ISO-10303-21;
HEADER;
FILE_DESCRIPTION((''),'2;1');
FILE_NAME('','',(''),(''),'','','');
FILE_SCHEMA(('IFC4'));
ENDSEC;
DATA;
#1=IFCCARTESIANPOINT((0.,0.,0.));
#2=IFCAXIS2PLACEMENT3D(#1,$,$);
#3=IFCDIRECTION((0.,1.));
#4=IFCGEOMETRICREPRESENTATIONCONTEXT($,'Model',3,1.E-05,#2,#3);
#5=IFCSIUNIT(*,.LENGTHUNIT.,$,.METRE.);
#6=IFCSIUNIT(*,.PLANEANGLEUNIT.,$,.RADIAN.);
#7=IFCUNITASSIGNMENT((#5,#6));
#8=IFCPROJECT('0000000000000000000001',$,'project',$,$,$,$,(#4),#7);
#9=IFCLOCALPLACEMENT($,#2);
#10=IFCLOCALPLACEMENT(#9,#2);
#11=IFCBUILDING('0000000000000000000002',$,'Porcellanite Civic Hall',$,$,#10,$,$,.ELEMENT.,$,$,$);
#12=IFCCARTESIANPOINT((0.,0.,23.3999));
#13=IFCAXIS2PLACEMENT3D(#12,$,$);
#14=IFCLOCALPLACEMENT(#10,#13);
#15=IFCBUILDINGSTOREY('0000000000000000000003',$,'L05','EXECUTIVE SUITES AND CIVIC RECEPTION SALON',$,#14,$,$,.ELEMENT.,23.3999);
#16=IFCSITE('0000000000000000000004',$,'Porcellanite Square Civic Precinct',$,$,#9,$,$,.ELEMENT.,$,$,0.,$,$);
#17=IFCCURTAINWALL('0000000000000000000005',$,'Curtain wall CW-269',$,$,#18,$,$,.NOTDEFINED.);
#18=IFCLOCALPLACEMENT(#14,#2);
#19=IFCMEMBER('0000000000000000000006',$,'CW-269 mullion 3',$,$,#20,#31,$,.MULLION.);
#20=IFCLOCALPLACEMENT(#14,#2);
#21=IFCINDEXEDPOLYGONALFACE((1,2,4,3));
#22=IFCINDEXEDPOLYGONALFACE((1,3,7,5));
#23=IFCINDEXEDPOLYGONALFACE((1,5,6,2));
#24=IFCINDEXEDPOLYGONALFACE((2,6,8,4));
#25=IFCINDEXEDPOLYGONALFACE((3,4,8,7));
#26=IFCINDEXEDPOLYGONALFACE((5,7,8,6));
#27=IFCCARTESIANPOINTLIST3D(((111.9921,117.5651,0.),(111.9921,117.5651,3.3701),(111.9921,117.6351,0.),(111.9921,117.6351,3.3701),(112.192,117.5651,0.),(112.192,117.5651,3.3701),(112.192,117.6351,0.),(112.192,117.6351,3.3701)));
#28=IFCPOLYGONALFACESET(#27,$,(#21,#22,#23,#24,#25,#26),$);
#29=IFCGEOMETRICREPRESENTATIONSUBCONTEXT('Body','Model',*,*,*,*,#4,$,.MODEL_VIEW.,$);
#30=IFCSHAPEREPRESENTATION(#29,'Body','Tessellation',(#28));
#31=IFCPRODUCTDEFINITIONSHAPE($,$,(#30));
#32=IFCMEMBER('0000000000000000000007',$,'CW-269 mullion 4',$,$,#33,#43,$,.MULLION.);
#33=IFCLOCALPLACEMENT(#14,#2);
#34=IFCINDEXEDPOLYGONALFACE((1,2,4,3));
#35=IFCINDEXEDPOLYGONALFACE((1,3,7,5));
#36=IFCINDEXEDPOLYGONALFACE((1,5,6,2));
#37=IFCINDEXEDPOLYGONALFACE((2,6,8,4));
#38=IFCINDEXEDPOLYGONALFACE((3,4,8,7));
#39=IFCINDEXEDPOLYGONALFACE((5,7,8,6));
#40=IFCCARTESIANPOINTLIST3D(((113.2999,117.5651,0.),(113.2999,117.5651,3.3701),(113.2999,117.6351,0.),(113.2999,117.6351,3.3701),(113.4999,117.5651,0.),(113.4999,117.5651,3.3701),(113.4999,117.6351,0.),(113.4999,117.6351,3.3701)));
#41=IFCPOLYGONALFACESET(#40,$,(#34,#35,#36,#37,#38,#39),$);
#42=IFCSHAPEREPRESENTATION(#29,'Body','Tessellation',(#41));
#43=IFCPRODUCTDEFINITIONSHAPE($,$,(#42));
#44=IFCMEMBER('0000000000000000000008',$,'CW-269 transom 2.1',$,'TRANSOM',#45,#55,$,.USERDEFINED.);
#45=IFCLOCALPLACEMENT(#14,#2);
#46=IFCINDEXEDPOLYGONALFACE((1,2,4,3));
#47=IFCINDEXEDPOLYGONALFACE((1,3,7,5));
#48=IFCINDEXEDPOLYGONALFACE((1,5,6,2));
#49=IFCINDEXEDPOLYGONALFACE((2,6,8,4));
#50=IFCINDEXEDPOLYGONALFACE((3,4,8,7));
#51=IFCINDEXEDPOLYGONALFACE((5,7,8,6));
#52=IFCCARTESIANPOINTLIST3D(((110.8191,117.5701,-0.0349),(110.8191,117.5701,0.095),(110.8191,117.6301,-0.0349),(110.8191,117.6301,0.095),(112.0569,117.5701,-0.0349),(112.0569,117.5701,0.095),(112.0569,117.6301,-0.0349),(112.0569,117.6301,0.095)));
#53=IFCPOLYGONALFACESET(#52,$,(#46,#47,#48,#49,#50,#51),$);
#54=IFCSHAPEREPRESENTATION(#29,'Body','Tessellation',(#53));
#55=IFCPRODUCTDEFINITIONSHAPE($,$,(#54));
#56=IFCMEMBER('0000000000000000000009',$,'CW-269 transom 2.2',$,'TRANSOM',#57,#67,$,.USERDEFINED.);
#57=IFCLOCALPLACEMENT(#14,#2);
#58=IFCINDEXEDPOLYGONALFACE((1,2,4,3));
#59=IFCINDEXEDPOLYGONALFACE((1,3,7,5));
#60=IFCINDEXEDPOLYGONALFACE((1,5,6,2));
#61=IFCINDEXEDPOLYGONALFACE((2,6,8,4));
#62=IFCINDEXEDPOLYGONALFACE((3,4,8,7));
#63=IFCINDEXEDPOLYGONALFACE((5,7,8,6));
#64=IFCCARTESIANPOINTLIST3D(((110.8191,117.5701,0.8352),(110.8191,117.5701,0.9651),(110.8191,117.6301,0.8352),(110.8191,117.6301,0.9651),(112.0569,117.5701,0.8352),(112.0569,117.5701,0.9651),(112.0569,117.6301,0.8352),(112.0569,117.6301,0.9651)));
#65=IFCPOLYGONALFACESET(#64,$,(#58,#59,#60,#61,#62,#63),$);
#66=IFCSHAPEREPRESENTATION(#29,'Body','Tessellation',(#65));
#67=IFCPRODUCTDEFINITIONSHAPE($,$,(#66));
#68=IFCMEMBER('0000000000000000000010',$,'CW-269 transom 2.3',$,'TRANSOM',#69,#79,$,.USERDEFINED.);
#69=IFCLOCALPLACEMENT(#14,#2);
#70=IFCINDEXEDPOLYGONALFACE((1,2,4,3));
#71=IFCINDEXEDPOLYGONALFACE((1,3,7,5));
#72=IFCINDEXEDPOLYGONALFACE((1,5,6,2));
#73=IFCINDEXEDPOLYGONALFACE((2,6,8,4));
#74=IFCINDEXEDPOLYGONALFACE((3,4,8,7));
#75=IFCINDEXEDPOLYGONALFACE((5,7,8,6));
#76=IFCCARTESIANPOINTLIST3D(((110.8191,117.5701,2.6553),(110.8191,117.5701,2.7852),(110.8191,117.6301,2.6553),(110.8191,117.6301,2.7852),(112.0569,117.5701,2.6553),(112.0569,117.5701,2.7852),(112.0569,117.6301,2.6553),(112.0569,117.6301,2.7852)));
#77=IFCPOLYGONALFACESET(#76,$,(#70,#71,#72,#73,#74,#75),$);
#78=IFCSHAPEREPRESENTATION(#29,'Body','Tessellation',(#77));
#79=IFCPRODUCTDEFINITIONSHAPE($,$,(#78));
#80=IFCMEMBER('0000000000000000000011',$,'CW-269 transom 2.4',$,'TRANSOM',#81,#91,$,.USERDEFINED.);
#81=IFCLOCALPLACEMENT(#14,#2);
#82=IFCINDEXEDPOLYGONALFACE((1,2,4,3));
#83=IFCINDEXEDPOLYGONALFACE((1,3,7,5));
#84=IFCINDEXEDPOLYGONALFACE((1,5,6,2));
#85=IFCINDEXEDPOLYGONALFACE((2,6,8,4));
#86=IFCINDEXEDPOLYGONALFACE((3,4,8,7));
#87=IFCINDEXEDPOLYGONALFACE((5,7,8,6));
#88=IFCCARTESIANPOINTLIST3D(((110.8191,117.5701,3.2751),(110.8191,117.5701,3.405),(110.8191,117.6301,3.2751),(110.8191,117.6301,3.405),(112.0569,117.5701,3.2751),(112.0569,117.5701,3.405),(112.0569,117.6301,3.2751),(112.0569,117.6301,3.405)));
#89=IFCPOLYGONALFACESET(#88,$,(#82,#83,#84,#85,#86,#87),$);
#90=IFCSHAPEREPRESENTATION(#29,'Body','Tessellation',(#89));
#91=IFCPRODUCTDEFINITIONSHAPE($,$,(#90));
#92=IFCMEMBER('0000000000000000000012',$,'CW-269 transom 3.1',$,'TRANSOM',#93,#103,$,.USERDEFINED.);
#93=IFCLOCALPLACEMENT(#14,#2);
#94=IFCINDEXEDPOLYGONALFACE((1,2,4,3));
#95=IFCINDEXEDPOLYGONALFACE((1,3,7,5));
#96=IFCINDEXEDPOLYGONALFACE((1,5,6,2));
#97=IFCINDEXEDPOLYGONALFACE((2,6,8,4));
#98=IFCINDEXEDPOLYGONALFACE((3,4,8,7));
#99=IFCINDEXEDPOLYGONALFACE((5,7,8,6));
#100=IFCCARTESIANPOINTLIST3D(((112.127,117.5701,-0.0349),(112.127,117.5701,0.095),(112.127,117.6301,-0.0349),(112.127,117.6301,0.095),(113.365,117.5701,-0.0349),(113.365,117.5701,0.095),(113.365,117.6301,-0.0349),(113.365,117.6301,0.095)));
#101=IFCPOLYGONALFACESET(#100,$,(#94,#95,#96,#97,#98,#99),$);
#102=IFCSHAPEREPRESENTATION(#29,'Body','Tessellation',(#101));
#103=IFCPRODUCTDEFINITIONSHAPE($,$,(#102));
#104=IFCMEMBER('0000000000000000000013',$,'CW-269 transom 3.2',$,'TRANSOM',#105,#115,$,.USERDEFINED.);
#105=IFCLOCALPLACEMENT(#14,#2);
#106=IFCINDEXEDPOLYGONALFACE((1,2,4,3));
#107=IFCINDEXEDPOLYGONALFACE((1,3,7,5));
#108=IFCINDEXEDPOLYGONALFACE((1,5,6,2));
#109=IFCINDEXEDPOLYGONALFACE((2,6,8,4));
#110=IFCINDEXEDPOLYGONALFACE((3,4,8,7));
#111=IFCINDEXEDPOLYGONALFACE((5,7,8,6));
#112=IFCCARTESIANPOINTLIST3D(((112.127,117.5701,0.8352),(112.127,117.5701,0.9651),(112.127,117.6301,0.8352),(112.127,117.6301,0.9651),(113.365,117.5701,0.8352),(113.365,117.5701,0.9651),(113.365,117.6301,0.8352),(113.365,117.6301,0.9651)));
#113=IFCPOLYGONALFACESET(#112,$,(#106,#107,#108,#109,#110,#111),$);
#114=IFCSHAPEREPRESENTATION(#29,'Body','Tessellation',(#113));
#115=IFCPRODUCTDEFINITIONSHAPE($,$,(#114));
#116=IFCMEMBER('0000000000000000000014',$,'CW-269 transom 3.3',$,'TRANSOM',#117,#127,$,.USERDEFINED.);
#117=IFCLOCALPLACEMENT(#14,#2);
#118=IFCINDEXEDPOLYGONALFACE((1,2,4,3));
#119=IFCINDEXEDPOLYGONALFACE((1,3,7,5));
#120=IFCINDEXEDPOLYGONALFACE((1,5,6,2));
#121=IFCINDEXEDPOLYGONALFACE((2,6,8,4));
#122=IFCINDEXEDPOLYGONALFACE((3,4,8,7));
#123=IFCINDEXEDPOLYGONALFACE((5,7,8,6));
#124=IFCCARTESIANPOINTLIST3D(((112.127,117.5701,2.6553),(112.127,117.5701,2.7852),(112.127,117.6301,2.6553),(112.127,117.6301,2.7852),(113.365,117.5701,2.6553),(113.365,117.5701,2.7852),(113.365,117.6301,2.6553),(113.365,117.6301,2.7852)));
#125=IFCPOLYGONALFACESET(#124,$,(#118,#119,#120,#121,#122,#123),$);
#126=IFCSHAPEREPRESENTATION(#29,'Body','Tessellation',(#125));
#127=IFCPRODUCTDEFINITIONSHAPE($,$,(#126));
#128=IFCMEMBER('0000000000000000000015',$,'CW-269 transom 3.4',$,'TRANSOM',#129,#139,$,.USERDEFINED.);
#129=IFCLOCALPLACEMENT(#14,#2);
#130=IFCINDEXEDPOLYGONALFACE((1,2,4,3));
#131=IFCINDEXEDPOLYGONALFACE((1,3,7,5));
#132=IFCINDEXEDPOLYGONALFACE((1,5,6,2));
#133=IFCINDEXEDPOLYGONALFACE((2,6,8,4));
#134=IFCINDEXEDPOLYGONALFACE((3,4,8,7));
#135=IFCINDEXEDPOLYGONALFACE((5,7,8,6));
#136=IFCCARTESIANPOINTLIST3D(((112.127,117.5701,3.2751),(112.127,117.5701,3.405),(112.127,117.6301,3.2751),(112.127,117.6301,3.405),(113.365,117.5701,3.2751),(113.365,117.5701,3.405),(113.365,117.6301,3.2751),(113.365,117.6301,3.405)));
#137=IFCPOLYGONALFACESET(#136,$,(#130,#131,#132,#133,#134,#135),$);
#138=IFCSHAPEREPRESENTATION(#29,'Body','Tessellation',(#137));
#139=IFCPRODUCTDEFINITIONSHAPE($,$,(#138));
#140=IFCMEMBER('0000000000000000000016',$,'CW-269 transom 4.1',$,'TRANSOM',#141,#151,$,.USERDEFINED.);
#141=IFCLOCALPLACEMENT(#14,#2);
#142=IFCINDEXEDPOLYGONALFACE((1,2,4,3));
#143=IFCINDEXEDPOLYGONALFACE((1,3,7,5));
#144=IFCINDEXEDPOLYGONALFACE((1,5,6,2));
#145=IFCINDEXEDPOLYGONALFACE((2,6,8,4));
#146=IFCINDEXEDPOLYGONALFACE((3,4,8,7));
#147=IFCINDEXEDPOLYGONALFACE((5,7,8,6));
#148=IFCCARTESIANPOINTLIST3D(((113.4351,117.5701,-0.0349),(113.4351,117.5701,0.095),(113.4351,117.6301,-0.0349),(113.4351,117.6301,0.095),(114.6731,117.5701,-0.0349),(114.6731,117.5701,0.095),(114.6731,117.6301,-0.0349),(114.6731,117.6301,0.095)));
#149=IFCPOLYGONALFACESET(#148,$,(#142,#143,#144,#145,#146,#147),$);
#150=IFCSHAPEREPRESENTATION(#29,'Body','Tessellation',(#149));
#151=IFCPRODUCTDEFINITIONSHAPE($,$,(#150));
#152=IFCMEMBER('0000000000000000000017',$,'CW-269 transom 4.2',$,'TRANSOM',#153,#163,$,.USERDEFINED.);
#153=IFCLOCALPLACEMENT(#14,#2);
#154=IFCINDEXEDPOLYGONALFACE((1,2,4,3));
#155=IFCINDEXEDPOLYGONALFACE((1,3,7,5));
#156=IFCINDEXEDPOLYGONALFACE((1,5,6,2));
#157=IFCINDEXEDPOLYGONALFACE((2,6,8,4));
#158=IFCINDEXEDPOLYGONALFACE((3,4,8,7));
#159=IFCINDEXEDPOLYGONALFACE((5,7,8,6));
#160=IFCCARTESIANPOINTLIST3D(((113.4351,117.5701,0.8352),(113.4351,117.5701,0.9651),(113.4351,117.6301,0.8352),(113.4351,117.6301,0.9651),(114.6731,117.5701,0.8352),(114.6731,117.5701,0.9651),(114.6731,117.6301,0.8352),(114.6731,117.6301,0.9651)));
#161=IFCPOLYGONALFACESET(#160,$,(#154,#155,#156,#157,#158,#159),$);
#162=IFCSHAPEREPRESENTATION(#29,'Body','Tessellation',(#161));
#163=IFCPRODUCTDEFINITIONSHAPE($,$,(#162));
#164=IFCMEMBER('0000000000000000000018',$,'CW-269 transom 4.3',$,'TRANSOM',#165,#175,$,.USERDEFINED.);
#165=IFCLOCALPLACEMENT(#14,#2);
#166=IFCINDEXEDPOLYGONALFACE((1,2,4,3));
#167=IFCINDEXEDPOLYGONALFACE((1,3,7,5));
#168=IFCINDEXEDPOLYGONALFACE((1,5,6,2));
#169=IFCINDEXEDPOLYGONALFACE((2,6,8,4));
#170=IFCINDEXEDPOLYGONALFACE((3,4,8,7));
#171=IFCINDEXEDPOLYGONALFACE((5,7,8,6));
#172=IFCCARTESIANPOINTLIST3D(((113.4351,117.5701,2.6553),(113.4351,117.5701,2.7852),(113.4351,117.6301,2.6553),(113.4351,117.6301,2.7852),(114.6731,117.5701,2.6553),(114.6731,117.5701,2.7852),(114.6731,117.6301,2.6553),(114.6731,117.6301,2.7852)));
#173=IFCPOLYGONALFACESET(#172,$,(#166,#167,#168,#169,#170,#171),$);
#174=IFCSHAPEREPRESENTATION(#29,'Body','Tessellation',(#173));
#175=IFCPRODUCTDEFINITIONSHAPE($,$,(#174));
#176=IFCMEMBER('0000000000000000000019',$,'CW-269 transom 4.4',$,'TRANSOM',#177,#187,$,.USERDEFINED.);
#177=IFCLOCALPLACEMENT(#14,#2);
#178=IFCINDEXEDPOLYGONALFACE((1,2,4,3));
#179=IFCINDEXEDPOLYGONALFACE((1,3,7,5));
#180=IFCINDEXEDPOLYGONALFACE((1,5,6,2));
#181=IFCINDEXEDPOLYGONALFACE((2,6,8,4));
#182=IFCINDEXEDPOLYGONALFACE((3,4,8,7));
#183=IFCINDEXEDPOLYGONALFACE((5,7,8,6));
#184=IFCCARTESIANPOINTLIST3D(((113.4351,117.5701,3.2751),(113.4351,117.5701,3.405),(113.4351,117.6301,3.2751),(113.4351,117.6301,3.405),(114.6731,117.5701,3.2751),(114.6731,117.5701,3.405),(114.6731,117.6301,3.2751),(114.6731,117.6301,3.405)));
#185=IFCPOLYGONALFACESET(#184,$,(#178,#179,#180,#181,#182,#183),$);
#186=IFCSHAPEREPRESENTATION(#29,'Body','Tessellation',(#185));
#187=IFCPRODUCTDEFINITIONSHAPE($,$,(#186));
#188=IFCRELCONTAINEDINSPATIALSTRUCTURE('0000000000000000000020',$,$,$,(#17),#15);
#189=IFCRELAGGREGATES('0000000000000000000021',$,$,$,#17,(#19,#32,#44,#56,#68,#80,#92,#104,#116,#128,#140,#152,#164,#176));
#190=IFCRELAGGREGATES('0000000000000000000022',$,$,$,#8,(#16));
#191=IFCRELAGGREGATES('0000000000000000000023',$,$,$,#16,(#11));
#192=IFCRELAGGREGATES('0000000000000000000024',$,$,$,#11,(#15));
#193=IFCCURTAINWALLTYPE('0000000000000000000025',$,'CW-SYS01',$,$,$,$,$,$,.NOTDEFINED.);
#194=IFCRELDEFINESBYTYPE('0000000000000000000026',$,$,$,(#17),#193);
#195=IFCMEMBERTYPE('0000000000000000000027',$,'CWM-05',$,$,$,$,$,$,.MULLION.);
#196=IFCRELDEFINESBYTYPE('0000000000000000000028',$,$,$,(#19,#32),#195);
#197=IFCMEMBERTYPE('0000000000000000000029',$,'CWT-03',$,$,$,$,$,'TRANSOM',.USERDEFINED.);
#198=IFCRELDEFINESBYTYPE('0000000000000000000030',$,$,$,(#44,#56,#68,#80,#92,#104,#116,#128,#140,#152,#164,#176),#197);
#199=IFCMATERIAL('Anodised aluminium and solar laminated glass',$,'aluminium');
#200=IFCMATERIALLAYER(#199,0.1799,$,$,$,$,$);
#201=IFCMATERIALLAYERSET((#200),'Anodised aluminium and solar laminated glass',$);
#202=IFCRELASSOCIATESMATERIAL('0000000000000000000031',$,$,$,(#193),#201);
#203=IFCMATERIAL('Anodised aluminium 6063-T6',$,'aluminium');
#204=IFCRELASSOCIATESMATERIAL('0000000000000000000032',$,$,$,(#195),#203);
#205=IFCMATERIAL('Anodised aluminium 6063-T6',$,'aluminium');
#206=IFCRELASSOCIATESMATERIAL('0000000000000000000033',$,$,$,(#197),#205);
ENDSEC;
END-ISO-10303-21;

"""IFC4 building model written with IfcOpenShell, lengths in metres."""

from ifc_helpers import new_model, si_unit, direction, frame, origin, origin_2d, place, context, subcontext, project, spatial, rectangle, extrude, material, layer, layer_set, material_profile, profile_set, type_object, element, aggregate, save


model = new_model("IFC4")

# Units and contexts
model_context = context("Model", 3, precision=1e-05, world=origin(), true_north=direction((0.0, 1.0)))
body_context = subcontext(model_context, "Body", "Model", "MODEL_VIEW")
ifc_project = project(units=[si_unit("LENGTHUNIT", "METRE"), si_unit("PLANEANGLEUNIT", "RADIAN")], contexts=[model_context])

# Site, building, storey
site_placement = place(None, origin())
site = spatial("IfcSite", under=ifc_project, at=site_placement, Name="Porcellanite Square Civic Precinct", CompositionType="ELEMENT", RefElevation=0.0)
building_placement = place(site_placement, origin())
building = spatial("IfcBuilding", under=site, at=building_placement, Name="Porcellanite Civic Hall", CompositionType="ELEMENT")
storey_placement = place(building_placement, frame((0.0, 0.0, 23.3999)))
storey = spatial("IfcBuildingStorey", under=building, at=storey_placement, Name="L05", Description="EXECUTIVE SUITES AND CIVIC RECEPTION SALON", CompositionType="ELEMENT", Elevation=23.3999)

# Curtain wall, members
ifc_material_1 = material(Name="Anodised aluminium and solar laminated glass", Category="aluminium")
ifc_layer_1 = layer(ifc_material_1, 0.1799)
ifc_layer_set_1 = layer_set([ifc_layer_1], Name="Anodised aluminium and solar laminated glass")
curtain_wall_type = type_object("IfcCurtainWallType", Name="CW-SYS01", PredefinedType="NOTDEFINED", material=ifc_layer_set_1)
curtain_wall_placement = place(storey_placement, origin())
curtain_wall = element("IfcCurtainWall", 1, at=curtain_wall_placement, inside=storey, type_object=curtain_wall_type, Name="Curtain wall CW-269", PredefinedType="NOTDEFINED")
ifc_material_2 = material(Name="Anodised aluminium 6063-T6", Category="aluminium")
ifc_material_profile_1 = material_profile(ifc_material_2, rectangle(XDim=0.0701, YDim=0.2, at=origin_2d()), Name="AL-70x200")
ifc_profile_set_1 = profile_set([ifc_material_profile_1], Name="Anodised aluminium 6063-T6")
member_type_1 = type_object("IfcMemberType", Name="CWM-05", PredefinedType="MULLION", material=ifc_profile_set_1)
member_1_placement = place(storey_placement, frame((112.092, 117.6001, 0.0), z_axis=(0.0, 0.0, 1.0), x_axis=(0.0, 1.0, 0.0)))
member_1 = element("IfcMember", 2, at=member_1_placement, type_object=member_type_1, Name="CW-269 mullion 3", PredefinedType="MULLION", context=body_context, shape_type="SweptSolid", body=[
    extrude(rectangle(XDim=0.0701, YDim=0.2, at=origin_2d()), origin(), (0.0, 0.0, 1.0), 3.3701),
])
member_2_placement = place(storey_placement, frame((113.3999, 117.6001, 0.0), z_axis=(0.0, 0.0, 1.0), x_axis=(0.0, 1.0, 0.0)))
member_2 = element("IfcMember", 3, at=member_2_placement, type_object=member_type_1, Name="CW-269 mullion 4", PredefinedType="MULLION", context=body_context, shape_type="SweptSolid", body=[
    extrude(rectangle(XDim=0.0701, YDim=0.2, at=origin_2d()), origin(), (0.0, 0.0, 1.0), 3.3701),
])
ifc_material_3 = material(Name="Anodised aluminium 6063-T6", Category="aluminium")
ifc_material_profile_2 = material_profile(ifc_material_3, rectangle(XDim=0.0601, YDim=0.1299, at=origin_2d()), Name="AL-60x130")
ifc_profile_set_2 = profile_set([ifc_material_profile_2], Name="Anodised aluminium 6063-T6")
member_type_2 = type_object("IfcMemberType", Name="CWT-03", ElementType="TRANSOM", PredefinedType="USERDEFINED", material=ifc_profile_set_2)
member_3_placement = place(storey_placement, frame((110.8191, 117.6001, 0.03), z_axis=(1.0, 0.0, 0.0), x_axis=(0.0, 1.0, 0.0)))
member_3 = element("IfcMember", 4, at=member_3_placement, type_object=member_type_2, Name="CW-269 transom 2.1", ObjectType="TRANSOM", PredefinedType="USERDEFINED", context=body_context, shape_type="SweptSolid", body=[
    extrude(rectangle(XDim=0.0601, YDim=0.1299, at=origin_2d()), origin(), (0.0, 0.0, 1.0), 1.2378),
])
member_4_placement = place(storey_placement, frame((110.8191, 117.6001, 0.9001), z_axis=(1.0, 0.0, 0.0), x_axis=(0.0, 1.0, 0.0)))
member_4 = element("IfcMember", 5, at=member_4_placement, type_object=member_type_2, Name="CW-269 transom 2.2", ObjectType="TRANSOM", PredefinedType="USERDEFINED", context=body_context, shape_type="SweptSolid", body=[
    extrude(rectangle(XDim=0.0601, YDim=0.1299, at=origin_2d()), origin(), (0.0, 0.0, 1.0), 1.2378),
])
member_5_placement = place(storey_placement, frame((110.8191, 117.6001, 2.7202), z_axis=(1.0, 0.0, 0.0), x_axis=(0.0, 1.0, 0.0)))
member_5 = element("IfcMember", 6, at=member_5_placement, type_object=member_type_2, Name="CW-269 transom 2.3", ObjectType="TRANSOM", PredefinedType="USERDEFINED", context=body_context, shape_type="SweptSolid", body=[
    extrude(rectangle(XDim=0.0601, YDim=0.1299, at=origin_2d()), origin(), (0.0, 0.0, 1.0), 1.2378),
])
member_6_placement = place(storey_placement, frame((110.8191, 117.6001, 3.3401), z_axis=(1.0, 0.0, 0.0), x_axis=(0.0, 1.0, 0.0)))
member_6 = element("IfcMember", 7, at=member_6_placement, type_object=member_type_2, Name="CW-269 transom 2.4", ObjectType="TRANSOM", PredefinedType="USERDEFINED", context=body_context, shape_type="SweptSolid", body=[
    extrude(rectangle(XDim=0.0601, YDim=0.1299, at=origin_2d()), origin(), (0.0, 0.0, 1.0), 1.2378),
])
member_7_placement = place(storey_placement, frame((112.127, 117.6001, 0.03), z_axis=(1.0, 0.0, 0.0), x_axis=(0.0, 1.0, 0.0)))
member_7 = element("IfcMember", 8, at=member_7_placement, type_object=member_type_2, Name="CW-269 transom 3.1", ObjectType="TRANSOM", PredefinedType="USERDEFINED", context=body_context, shape_type="SweptSolid", body=[
    extrude(rectangle(XDim=0.0601, YDim=0.1299, at=origin_2d()), origin(), (0.0, 0.0, 1.0), 1.238),
])
member_8_placement = place(storey_placement, frame((112.127, 117.6001, 0.9001), z_axis=(1.0, 0.0, 0.0), x_axis=(0.0, 1.0, 0.0)))
member_8 = element("IfcMember", 9, at=member_8_placement, type_object=member_type_2, Name="CW-269 transom 3.2", ObjectType="TRANSOM", PredefinedType="USERDEFINED", context=body_context, shape_type="SweptSolid", body=[
    extrude(rectangle(XDim=0.0601, YDim=0.1299, at=origin_2d()), origin(), (0.0, 0.0, 1.0), 1.238),
])
member_9_placement = place(storey_placement, frame((112.127, 117.6001, 2.7202), z_axis=(1.0, 0.0, 0.0), x_axis=(0.0, 1.0, 0.0)))
member_9 = element("IfcMember", 10, at=member_9_placement, type_object=member_type_2, Name="CW-269 transom 3.3", ObjectType="TRANSOM", PredefinedType="USERDEFINED", context=body_context, shape_type="SweptSolid", body=[
    extrude(rectangle(XDim=0.0601, YDim=0.1299, at=origin_2d()), origin(), (0.0, 0.0, 1.0), 1.238),
])
member_10_placement = place(storey_placement, frame((112.127, 117.6001, 3.3401), z_axis=(1.0, 0.0, 0.0), x_axis=(0.0, 1.0, 0.0)))
member_10 = element("IfcMember", 11, at=member_10_placement, type_object=member_type_2, Name="CW-269 transom 3.4", ObjectType="TRANSOM", PredefinedType="USERDEFINED", context=body_context, shape_type="SweptSolid", body=[
    extrude(rectangle(XDim=0.0601, YDim=0.1299, at=origin_2d()), origin(), (0.0, 0.0, 1.0), 1.238),
])
member_11_placement = place(storey_placement, frame((113.4351, 117.6001, 0.03), z_axis=(1.0, 0.0, 0.0), x_axis=(0.0, 1.0, 0.0)))
member_11 = element("IfcMember", 12, at=member_11_placement, type_object=member_type_2, Name="CW-269 transom 4.1", ObjectType="TRANSOM", PredefinedType="USERDEFINED", context=body_context, shape_type="SweptSolid", body=[
    extrude(rectangle(XDim=0.0601, YDim=0.1299, at=origin_2d()), origin(), (0.0, 0.0, 1.0), 1.238),
])
member_12_placement = place(storey_placement, frame((113.4351, 117.6001, 0.9001), z_axis=(1.0, 0.0, 0.0), x_axis=(0.0, 1.0, 0.0)))
member_12 = element("IfcMember", 13, at=member_12_placement, type_object=member_type_2, Name="CW-269 transom 4.2", ObjectType="TRANSOM", PredefinedType="USERDEFINED", context=body_context, shape_type="SweptSolid", body=[
    extrude(rectangle(XDim=0.0601, YDim=0.1299, at=origin_2d()), origin(), (0.0, 0.0, 1.0), 1.238),
])
member_13_placement = place(storey_placement, frame((113.4351, 117.6001, 2.7202), z_axis=(1.0, 0.0, 0.0), x_axis=(0.0, 1.0, 0.0)))
member_13 = element("IfcMember", 14, at=member_13_placement, type_object=member_type_2, Name="CW-269 transom 4.3", ObjectType="TRANSOM", PredefinedType="USERDEFINED", context=body_context, shape_type="SweptSolid", body=[
    extrude(rectangle(XDim=0.0601, YDim=0.1299, at=origin_2d()), origin(), (0.0, 0.0, 1.0), 1.238),
])
member_14_placement = place(storey_placement, frame((113.4351, 117.6001, 3.3401), z_axis=(1.0, 0.0, 0.0), x_axis=(0.0, 1.0, 0.0)))
member_14 = element("IfcMember", 15, at=member_14_placement, type_object=member_type_2, Name="CW-269 transom 4.4", ObjectType="TRANSOM", PredefinedType="USERDEFINED", context=body_context, shape_type="SweptSolid", body=[
    extrude(rectangle(XDim=0.0601, YDim=0.1299, at=origin_2d()), origin(), (0.0, 0.0, 1.0), 1.238),
])
aggregate(curtain_wall, [member_1, member_2, member_3, member_4, member_5, member_6, member_7, member_8, member_9, member_10, member_11, member_12, member_13, member_14])

save(model, "model.ifc")
